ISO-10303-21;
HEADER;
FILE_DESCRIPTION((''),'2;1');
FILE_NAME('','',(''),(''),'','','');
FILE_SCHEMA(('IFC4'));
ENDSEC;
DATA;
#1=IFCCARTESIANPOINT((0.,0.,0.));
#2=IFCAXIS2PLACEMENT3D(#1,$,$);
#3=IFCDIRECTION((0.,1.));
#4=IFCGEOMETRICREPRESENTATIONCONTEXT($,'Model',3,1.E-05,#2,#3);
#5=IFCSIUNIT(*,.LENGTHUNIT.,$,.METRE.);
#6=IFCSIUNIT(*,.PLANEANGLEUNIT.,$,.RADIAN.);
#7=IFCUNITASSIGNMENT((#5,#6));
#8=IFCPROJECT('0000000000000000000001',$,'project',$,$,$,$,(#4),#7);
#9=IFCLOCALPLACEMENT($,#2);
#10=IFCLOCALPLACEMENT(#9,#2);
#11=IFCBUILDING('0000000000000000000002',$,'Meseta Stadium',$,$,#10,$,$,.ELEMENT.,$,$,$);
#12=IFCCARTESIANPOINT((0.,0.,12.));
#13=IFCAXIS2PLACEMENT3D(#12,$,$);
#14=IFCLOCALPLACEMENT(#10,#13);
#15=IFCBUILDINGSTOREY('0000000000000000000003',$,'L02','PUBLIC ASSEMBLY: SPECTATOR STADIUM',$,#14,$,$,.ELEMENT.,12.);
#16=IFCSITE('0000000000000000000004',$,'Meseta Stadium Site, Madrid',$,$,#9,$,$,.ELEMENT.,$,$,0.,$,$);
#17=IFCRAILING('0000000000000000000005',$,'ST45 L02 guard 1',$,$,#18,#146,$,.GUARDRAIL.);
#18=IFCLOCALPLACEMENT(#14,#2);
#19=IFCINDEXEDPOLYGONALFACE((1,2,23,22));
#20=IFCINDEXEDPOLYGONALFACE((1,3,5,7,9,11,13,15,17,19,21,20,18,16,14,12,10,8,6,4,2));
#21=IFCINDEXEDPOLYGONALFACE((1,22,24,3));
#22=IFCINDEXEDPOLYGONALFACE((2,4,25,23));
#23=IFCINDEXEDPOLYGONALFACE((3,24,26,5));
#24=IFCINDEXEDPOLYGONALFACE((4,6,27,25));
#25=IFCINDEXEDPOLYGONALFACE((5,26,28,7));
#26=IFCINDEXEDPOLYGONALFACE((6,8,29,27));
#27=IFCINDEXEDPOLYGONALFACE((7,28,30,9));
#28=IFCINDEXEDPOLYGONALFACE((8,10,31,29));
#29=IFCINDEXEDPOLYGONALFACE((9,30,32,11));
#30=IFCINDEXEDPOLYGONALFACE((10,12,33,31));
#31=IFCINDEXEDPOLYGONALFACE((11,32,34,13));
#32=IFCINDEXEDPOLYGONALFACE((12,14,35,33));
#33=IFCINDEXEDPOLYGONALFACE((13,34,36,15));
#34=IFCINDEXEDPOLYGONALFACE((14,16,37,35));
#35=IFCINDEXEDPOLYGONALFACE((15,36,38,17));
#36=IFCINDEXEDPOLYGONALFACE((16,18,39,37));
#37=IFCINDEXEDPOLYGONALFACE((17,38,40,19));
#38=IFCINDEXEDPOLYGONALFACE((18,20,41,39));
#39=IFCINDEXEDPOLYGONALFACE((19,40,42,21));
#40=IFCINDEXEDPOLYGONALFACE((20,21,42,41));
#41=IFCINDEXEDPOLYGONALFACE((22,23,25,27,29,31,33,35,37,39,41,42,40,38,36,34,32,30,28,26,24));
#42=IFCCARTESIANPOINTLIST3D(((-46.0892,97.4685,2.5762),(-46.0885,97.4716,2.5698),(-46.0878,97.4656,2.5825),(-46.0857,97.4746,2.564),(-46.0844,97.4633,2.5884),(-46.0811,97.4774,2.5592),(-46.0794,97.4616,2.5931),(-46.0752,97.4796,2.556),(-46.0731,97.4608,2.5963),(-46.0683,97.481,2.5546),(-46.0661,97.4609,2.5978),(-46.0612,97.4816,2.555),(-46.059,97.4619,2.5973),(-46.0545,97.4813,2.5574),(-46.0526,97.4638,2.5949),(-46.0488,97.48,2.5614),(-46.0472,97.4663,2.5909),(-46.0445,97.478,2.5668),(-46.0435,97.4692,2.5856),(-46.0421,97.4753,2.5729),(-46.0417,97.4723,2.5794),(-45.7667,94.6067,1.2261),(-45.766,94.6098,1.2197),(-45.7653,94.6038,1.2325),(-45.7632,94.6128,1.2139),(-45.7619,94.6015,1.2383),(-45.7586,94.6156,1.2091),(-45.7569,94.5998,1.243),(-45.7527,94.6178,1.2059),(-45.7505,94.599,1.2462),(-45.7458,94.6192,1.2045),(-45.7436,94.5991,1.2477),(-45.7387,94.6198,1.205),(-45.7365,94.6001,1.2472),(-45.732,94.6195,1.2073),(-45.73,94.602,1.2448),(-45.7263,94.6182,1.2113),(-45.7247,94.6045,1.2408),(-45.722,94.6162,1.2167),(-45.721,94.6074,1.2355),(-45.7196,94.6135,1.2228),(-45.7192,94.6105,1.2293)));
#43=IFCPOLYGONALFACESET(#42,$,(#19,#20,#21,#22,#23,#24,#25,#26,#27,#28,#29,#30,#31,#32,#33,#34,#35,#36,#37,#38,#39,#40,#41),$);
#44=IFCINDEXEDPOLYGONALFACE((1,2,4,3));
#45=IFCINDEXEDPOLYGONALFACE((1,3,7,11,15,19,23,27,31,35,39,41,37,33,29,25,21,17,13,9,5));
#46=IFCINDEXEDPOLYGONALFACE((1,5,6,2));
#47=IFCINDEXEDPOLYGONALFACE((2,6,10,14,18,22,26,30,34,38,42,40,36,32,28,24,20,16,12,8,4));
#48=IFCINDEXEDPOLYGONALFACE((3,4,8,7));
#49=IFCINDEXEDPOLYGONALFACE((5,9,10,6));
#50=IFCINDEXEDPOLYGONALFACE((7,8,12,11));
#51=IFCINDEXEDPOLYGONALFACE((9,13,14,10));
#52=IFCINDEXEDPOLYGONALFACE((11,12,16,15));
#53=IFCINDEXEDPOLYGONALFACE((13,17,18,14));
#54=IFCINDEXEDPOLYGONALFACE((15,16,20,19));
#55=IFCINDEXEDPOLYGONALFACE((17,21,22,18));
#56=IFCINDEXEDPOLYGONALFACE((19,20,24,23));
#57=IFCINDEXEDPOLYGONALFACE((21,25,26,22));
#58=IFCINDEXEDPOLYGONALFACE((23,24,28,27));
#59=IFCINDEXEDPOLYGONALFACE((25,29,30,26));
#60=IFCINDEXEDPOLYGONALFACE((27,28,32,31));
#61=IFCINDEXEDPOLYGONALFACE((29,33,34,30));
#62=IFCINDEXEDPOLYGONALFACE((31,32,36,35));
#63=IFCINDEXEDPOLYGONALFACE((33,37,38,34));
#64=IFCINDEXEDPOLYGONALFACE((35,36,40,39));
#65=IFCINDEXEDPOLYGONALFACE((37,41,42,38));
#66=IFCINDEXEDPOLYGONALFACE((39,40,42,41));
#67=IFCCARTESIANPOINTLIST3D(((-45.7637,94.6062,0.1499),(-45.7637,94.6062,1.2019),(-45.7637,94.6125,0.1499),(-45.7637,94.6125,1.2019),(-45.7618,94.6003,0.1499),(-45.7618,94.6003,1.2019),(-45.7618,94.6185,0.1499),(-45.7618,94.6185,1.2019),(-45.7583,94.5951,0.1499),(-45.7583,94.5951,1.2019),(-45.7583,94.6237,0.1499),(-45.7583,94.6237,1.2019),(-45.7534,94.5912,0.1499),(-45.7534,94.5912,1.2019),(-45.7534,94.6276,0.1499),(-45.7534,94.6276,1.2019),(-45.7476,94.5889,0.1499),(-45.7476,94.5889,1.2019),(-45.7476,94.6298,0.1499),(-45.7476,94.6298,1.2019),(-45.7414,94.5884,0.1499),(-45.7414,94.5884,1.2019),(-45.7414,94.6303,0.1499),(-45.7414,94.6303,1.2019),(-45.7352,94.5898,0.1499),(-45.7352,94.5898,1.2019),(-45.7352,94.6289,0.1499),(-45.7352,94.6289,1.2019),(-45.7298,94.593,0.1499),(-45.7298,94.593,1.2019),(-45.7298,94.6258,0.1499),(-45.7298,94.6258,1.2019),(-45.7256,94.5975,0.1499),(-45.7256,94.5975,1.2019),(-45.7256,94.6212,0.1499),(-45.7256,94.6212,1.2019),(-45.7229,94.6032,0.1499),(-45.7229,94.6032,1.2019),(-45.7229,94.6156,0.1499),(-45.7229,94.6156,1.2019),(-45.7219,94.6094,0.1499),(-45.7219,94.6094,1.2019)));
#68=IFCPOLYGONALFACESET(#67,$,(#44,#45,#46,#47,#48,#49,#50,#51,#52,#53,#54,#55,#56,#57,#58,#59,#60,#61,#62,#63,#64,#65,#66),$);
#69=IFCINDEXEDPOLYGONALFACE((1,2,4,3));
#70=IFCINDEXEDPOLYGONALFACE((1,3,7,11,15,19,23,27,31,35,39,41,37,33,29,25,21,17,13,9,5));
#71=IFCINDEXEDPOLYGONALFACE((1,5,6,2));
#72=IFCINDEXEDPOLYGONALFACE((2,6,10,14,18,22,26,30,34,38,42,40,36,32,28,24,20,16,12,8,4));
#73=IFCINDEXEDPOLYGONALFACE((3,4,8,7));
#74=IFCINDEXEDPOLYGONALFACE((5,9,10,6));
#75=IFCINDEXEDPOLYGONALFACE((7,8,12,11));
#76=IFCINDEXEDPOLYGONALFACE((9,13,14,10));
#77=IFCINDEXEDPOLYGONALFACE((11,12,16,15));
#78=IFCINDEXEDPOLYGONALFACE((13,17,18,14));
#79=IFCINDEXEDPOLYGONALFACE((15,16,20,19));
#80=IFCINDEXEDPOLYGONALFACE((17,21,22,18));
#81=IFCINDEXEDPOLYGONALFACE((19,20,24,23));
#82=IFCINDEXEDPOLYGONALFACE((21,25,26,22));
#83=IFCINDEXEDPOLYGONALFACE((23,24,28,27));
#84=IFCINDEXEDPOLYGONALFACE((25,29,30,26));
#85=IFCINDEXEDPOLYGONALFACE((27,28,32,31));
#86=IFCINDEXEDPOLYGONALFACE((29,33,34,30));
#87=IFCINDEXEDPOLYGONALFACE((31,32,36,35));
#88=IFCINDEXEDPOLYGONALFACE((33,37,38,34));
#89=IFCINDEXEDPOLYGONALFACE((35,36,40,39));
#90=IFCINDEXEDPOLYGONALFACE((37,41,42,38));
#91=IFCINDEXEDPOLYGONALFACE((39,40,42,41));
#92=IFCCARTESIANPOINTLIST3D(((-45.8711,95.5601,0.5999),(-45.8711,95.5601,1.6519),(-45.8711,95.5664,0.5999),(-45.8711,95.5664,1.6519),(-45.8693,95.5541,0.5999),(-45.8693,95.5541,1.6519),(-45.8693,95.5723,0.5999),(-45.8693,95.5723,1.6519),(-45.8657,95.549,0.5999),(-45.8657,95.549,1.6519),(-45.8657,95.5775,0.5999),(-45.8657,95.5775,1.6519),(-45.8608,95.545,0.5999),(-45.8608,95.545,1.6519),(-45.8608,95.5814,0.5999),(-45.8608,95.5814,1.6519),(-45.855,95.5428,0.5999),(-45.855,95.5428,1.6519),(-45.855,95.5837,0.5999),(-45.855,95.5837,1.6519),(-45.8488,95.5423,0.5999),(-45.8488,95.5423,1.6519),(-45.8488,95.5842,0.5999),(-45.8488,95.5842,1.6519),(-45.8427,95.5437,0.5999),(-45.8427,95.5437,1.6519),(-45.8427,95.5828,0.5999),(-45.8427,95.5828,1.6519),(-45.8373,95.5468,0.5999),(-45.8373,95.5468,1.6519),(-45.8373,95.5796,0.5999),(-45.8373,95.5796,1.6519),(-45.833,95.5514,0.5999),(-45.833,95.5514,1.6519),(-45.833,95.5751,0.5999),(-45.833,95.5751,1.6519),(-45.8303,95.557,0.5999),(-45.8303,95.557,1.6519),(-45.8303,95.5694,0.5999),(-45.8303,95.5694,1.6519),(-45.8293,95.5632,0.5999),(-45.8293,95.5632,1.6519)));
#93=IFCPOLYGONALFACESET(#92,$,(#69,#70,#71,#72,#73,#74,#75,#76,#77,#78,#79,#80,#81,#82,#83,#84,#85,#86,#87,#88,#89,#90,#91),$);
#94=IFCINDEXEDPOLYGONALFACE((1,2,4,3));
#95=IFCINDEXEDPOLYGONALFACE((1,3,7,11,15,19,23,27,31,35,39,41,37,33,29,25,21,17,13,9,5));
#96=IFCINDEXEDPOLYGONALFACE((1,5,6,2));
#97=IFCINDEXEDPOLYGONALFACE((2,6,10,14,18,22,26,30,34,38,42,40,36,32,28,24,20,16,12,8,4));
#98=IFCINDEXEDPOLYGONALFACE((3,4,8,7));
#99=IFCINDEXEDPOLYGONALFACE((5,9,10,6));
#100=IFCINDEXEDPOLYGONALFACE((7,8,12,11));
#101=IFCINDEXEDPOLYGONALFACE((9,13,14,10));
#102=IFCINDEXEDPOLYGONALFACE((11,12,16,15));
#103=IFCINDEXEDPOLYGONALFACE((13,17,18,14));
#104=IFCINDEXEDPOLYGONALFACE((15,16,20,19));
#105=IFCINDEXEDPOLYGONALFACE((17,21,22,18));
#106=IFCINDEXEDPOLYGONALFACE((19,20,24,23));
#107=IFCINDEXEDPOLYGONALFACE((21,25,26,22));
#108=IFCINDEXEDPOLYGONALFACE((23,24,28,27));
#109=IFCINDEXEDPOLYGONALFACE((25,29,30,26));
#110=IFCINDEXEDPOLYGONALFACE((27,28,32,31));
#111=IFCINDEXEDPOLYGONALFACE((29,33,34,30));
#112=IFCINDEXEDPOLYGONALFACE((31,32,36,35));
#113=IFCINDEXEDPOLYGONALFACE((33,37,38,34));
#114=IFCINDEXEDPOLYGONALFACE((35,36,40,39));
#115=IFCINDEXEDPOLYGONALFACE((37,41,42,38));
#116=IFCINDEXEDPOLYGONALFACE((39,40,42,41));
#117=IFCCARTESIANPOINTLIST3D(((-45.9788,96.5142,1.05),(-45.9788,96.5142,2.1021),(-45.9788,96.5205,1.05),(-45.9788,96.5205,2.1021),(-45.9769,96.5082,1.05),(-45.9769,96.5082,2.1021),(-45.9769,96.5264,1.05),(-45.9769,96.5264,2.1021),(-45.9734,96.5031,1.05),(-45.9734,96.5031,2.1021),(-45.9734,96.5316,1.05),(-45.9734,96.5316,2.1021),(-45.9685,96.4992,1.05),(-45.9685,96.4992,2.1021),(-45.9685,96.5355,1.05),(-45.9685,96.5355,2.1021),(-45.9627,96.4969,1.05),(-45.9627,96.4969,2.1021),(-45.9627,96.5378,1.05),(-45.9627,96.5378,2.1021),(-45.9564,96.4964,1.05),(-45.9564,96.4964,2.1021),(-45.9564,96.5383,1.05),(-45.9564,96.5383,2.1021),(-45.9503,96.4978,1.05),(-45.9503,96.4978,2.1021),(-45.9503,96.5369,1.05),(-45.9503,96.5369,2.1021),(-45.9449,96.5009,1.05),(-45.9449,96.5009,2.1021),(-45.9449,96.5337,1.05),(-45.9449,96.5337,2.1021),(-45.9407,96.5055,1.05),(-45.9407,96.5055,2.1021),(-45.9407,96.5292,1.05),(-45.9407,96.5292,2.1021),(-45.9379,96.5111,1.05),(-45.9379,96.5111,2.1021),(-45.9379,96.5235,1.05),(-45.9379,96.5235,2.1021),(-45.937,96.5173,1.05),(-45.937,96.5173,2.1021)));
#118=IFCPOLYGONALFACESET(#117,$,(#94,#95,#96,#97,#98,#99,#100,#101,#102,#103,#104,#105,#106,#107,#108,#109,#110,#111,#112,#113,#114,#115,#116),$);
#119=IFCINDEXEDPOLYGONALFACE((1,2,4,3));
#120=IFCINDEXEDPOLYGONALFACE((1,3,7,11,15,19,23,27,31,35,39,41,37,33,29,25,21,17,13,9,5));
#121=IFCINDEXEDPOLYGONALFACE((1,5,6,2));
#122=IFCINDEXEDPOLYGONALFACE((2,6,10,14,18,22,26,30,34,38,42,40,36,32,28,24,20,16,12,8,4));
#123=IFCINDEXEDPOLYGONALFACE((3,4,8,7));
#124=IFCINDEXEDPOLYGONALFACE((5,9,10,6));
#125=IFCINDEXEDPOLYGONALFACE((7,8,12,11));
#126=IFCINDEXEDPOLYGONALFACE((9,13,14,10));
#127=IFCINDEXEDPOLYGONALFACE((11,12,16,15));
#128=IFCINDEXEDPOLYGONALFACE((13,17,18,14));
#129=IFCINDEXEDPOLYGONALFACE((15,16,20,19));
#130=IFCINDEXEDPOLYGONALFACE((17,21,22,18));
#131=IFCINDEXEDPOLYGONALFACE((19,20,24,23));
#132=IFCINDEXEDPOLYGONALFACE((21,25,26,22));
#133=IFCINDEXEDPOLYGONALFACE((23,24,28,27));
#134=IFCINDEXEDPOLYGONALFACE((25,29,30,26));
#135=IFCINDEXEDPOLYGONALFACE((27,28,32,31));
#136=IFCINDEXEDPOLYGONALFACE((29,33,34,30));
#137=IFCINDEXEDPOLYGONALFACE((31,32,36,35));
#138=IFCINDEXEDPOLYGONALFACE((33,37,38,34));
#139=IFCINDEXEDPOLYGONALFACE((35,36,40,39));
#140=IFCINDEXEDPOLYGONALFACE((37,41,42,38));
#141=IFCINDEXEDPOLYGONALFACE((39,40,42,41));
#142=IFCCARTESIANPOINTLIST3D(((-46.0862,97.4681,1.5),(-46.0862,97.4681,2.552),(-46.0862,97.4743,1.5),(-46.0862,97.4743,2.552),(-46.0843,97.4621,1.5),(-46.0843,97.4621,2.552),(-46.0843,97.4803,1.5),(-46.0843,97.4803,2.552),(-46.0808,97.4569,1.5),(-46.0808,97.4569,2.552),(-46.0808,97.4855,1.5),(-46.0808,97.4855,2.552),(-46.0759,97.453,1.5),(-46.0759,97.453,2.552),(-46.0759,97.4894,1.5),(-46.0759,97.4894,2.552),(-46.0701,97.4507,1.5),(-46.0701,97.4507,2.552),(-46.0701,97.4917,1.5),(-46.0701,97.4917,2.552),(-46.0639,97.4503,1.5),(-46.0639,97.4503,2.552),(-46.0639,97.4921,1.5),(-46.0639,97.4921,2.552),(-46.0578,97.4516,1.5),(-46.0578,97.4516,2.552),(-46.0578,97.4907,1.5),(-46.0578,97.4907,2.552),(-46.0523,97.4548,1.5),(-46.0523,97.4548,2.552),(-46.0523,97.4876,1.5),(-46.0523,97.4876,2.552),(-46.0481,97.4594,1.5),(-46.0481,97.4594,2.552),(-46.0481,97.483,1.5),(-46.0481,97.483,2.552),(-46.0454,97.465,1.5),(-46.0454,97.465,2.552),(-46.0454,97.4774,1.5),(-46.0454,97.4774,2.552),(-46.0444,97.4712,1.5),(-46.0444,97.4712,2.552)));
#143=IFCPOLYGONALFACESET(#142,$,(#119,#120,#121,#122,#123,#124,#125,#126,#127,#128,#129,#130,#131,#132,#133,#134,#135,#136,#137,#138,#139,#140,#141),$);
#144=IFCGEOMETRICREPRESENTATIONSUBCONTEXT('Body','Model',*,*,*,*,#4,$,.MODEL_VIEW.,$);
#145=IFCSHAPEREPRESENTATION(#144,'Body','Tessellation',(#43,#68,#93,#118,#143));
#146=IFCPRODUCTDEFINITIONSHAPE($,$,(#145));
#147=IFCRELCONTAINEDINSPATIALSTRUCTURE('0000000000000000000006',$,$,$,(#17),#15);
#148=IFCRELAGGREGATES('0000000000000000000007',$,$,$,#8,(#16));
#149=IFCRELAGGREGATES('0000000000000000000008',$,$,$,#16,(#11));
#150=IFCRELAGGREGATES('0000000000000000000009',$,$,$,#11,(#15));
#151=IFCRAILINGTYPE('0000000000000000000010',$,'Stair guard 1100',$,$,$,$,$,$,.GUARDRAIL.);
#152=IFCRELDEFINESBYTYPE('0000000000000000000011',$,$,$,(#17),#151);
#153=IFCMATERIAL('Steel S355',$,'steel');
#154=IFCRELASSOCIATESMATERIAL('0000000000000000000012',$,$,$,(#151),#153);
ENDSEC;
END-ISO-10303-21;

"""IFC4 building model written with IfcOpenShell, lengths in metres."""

from ifc_helpers import new_model, si_unit, direction, frame, origin, origin_2d, place, context, subcontext, project, spatial, circle, extrude, material, type_object, element, save


model = new_model("IFC4")

# Units and contexts
model_context = context("Model", 3, precision=1e-05, world=origin(), true_north=direction((0.0, 1.0)))
body_context = subcontext(model_context, "Body", "Model", "MODEL_VIEW")
ifc_project = project(units=[si_unit("LENGTHUNIT", "METRE"), si_unit("PLANEANGLEUNIT", "RADIAN")], contexts=[model_context])

# Site, building, storey
site_placement = place(None, origin())
site = spatial("IfcSite", under=ifc_project, at=site_placement, Name="Meseta Stadium Site, Madrid", CompositionType="ELEMENT", RefElevation=0.0)
building_placement = place(site_placement, origin())
building = spatial("IfcBuilding", under=site, at=building_placement, Name="Meseta Stadium", CompositionType="ELEMENT")
storey_placement = place(building_placement, frame((0.0, 0.0, 12.0)))
storey = spatial("IfcBuildingStorey", under=building, at=storey_placement, Name="L02", Description="PUBLIC ASSEMBLY: SPECTATOR STADIUM", CompositionType="ELEMENT", Elevation=12.0)

# Railing
ifc_material_1 = material(Name="Steel S355", Category="steel")
railing_type_1 = type_object("IfcRailingType", Name="Stair guard 1100", PredefinedType="GUARDRAIL", material=ifc_material_1)
railing_1_placement = place(storey_placement, frame((-45.7429, 94.6094, 0.1499)))
element("IfcRailing", 1, at=railing_1_placement, inside=storey, type_object=railing_type_1, Name="ST45 L02 guard 1", PredefinedType="GUARDRAIL", context=body_context, shape_type="SweptSolid", body=[
    extrude(circle(Radius=0.0239, at=origin_2d()), frame((0.0, 0.0, 1.0762), z_axis=(-0.101396, 0.899748, 0.424467), x_axis=(-0.99371, -0.111985, 0.0)), (0.0, 0.0, 1.0), 3.1807),
    extrude(circle(Radius=0.021, at=origin_2d()), origin(), (0.0, 0.0, 1.0), 1.052),
    extrude(circle(Radius=0.021, at=origin_2d()), frame((-0.1074, 0.9539, 0.45)), (0.0, 0.0, 1.0), 1.052),
    extrude(circle(Radius=0.021, at=origin_2d()), frame((-0.2151, 1.908, 0.9001)), (0.0, 0.0, 1.0), 1.052),
    extrude(circle(Radius=0.021, at=origin_2d()), frame((-0.3225, 2.8618, 1.3501)), (0.0, 0.0, 1.0), 1.052),
])

save(model, "model.ifc")
